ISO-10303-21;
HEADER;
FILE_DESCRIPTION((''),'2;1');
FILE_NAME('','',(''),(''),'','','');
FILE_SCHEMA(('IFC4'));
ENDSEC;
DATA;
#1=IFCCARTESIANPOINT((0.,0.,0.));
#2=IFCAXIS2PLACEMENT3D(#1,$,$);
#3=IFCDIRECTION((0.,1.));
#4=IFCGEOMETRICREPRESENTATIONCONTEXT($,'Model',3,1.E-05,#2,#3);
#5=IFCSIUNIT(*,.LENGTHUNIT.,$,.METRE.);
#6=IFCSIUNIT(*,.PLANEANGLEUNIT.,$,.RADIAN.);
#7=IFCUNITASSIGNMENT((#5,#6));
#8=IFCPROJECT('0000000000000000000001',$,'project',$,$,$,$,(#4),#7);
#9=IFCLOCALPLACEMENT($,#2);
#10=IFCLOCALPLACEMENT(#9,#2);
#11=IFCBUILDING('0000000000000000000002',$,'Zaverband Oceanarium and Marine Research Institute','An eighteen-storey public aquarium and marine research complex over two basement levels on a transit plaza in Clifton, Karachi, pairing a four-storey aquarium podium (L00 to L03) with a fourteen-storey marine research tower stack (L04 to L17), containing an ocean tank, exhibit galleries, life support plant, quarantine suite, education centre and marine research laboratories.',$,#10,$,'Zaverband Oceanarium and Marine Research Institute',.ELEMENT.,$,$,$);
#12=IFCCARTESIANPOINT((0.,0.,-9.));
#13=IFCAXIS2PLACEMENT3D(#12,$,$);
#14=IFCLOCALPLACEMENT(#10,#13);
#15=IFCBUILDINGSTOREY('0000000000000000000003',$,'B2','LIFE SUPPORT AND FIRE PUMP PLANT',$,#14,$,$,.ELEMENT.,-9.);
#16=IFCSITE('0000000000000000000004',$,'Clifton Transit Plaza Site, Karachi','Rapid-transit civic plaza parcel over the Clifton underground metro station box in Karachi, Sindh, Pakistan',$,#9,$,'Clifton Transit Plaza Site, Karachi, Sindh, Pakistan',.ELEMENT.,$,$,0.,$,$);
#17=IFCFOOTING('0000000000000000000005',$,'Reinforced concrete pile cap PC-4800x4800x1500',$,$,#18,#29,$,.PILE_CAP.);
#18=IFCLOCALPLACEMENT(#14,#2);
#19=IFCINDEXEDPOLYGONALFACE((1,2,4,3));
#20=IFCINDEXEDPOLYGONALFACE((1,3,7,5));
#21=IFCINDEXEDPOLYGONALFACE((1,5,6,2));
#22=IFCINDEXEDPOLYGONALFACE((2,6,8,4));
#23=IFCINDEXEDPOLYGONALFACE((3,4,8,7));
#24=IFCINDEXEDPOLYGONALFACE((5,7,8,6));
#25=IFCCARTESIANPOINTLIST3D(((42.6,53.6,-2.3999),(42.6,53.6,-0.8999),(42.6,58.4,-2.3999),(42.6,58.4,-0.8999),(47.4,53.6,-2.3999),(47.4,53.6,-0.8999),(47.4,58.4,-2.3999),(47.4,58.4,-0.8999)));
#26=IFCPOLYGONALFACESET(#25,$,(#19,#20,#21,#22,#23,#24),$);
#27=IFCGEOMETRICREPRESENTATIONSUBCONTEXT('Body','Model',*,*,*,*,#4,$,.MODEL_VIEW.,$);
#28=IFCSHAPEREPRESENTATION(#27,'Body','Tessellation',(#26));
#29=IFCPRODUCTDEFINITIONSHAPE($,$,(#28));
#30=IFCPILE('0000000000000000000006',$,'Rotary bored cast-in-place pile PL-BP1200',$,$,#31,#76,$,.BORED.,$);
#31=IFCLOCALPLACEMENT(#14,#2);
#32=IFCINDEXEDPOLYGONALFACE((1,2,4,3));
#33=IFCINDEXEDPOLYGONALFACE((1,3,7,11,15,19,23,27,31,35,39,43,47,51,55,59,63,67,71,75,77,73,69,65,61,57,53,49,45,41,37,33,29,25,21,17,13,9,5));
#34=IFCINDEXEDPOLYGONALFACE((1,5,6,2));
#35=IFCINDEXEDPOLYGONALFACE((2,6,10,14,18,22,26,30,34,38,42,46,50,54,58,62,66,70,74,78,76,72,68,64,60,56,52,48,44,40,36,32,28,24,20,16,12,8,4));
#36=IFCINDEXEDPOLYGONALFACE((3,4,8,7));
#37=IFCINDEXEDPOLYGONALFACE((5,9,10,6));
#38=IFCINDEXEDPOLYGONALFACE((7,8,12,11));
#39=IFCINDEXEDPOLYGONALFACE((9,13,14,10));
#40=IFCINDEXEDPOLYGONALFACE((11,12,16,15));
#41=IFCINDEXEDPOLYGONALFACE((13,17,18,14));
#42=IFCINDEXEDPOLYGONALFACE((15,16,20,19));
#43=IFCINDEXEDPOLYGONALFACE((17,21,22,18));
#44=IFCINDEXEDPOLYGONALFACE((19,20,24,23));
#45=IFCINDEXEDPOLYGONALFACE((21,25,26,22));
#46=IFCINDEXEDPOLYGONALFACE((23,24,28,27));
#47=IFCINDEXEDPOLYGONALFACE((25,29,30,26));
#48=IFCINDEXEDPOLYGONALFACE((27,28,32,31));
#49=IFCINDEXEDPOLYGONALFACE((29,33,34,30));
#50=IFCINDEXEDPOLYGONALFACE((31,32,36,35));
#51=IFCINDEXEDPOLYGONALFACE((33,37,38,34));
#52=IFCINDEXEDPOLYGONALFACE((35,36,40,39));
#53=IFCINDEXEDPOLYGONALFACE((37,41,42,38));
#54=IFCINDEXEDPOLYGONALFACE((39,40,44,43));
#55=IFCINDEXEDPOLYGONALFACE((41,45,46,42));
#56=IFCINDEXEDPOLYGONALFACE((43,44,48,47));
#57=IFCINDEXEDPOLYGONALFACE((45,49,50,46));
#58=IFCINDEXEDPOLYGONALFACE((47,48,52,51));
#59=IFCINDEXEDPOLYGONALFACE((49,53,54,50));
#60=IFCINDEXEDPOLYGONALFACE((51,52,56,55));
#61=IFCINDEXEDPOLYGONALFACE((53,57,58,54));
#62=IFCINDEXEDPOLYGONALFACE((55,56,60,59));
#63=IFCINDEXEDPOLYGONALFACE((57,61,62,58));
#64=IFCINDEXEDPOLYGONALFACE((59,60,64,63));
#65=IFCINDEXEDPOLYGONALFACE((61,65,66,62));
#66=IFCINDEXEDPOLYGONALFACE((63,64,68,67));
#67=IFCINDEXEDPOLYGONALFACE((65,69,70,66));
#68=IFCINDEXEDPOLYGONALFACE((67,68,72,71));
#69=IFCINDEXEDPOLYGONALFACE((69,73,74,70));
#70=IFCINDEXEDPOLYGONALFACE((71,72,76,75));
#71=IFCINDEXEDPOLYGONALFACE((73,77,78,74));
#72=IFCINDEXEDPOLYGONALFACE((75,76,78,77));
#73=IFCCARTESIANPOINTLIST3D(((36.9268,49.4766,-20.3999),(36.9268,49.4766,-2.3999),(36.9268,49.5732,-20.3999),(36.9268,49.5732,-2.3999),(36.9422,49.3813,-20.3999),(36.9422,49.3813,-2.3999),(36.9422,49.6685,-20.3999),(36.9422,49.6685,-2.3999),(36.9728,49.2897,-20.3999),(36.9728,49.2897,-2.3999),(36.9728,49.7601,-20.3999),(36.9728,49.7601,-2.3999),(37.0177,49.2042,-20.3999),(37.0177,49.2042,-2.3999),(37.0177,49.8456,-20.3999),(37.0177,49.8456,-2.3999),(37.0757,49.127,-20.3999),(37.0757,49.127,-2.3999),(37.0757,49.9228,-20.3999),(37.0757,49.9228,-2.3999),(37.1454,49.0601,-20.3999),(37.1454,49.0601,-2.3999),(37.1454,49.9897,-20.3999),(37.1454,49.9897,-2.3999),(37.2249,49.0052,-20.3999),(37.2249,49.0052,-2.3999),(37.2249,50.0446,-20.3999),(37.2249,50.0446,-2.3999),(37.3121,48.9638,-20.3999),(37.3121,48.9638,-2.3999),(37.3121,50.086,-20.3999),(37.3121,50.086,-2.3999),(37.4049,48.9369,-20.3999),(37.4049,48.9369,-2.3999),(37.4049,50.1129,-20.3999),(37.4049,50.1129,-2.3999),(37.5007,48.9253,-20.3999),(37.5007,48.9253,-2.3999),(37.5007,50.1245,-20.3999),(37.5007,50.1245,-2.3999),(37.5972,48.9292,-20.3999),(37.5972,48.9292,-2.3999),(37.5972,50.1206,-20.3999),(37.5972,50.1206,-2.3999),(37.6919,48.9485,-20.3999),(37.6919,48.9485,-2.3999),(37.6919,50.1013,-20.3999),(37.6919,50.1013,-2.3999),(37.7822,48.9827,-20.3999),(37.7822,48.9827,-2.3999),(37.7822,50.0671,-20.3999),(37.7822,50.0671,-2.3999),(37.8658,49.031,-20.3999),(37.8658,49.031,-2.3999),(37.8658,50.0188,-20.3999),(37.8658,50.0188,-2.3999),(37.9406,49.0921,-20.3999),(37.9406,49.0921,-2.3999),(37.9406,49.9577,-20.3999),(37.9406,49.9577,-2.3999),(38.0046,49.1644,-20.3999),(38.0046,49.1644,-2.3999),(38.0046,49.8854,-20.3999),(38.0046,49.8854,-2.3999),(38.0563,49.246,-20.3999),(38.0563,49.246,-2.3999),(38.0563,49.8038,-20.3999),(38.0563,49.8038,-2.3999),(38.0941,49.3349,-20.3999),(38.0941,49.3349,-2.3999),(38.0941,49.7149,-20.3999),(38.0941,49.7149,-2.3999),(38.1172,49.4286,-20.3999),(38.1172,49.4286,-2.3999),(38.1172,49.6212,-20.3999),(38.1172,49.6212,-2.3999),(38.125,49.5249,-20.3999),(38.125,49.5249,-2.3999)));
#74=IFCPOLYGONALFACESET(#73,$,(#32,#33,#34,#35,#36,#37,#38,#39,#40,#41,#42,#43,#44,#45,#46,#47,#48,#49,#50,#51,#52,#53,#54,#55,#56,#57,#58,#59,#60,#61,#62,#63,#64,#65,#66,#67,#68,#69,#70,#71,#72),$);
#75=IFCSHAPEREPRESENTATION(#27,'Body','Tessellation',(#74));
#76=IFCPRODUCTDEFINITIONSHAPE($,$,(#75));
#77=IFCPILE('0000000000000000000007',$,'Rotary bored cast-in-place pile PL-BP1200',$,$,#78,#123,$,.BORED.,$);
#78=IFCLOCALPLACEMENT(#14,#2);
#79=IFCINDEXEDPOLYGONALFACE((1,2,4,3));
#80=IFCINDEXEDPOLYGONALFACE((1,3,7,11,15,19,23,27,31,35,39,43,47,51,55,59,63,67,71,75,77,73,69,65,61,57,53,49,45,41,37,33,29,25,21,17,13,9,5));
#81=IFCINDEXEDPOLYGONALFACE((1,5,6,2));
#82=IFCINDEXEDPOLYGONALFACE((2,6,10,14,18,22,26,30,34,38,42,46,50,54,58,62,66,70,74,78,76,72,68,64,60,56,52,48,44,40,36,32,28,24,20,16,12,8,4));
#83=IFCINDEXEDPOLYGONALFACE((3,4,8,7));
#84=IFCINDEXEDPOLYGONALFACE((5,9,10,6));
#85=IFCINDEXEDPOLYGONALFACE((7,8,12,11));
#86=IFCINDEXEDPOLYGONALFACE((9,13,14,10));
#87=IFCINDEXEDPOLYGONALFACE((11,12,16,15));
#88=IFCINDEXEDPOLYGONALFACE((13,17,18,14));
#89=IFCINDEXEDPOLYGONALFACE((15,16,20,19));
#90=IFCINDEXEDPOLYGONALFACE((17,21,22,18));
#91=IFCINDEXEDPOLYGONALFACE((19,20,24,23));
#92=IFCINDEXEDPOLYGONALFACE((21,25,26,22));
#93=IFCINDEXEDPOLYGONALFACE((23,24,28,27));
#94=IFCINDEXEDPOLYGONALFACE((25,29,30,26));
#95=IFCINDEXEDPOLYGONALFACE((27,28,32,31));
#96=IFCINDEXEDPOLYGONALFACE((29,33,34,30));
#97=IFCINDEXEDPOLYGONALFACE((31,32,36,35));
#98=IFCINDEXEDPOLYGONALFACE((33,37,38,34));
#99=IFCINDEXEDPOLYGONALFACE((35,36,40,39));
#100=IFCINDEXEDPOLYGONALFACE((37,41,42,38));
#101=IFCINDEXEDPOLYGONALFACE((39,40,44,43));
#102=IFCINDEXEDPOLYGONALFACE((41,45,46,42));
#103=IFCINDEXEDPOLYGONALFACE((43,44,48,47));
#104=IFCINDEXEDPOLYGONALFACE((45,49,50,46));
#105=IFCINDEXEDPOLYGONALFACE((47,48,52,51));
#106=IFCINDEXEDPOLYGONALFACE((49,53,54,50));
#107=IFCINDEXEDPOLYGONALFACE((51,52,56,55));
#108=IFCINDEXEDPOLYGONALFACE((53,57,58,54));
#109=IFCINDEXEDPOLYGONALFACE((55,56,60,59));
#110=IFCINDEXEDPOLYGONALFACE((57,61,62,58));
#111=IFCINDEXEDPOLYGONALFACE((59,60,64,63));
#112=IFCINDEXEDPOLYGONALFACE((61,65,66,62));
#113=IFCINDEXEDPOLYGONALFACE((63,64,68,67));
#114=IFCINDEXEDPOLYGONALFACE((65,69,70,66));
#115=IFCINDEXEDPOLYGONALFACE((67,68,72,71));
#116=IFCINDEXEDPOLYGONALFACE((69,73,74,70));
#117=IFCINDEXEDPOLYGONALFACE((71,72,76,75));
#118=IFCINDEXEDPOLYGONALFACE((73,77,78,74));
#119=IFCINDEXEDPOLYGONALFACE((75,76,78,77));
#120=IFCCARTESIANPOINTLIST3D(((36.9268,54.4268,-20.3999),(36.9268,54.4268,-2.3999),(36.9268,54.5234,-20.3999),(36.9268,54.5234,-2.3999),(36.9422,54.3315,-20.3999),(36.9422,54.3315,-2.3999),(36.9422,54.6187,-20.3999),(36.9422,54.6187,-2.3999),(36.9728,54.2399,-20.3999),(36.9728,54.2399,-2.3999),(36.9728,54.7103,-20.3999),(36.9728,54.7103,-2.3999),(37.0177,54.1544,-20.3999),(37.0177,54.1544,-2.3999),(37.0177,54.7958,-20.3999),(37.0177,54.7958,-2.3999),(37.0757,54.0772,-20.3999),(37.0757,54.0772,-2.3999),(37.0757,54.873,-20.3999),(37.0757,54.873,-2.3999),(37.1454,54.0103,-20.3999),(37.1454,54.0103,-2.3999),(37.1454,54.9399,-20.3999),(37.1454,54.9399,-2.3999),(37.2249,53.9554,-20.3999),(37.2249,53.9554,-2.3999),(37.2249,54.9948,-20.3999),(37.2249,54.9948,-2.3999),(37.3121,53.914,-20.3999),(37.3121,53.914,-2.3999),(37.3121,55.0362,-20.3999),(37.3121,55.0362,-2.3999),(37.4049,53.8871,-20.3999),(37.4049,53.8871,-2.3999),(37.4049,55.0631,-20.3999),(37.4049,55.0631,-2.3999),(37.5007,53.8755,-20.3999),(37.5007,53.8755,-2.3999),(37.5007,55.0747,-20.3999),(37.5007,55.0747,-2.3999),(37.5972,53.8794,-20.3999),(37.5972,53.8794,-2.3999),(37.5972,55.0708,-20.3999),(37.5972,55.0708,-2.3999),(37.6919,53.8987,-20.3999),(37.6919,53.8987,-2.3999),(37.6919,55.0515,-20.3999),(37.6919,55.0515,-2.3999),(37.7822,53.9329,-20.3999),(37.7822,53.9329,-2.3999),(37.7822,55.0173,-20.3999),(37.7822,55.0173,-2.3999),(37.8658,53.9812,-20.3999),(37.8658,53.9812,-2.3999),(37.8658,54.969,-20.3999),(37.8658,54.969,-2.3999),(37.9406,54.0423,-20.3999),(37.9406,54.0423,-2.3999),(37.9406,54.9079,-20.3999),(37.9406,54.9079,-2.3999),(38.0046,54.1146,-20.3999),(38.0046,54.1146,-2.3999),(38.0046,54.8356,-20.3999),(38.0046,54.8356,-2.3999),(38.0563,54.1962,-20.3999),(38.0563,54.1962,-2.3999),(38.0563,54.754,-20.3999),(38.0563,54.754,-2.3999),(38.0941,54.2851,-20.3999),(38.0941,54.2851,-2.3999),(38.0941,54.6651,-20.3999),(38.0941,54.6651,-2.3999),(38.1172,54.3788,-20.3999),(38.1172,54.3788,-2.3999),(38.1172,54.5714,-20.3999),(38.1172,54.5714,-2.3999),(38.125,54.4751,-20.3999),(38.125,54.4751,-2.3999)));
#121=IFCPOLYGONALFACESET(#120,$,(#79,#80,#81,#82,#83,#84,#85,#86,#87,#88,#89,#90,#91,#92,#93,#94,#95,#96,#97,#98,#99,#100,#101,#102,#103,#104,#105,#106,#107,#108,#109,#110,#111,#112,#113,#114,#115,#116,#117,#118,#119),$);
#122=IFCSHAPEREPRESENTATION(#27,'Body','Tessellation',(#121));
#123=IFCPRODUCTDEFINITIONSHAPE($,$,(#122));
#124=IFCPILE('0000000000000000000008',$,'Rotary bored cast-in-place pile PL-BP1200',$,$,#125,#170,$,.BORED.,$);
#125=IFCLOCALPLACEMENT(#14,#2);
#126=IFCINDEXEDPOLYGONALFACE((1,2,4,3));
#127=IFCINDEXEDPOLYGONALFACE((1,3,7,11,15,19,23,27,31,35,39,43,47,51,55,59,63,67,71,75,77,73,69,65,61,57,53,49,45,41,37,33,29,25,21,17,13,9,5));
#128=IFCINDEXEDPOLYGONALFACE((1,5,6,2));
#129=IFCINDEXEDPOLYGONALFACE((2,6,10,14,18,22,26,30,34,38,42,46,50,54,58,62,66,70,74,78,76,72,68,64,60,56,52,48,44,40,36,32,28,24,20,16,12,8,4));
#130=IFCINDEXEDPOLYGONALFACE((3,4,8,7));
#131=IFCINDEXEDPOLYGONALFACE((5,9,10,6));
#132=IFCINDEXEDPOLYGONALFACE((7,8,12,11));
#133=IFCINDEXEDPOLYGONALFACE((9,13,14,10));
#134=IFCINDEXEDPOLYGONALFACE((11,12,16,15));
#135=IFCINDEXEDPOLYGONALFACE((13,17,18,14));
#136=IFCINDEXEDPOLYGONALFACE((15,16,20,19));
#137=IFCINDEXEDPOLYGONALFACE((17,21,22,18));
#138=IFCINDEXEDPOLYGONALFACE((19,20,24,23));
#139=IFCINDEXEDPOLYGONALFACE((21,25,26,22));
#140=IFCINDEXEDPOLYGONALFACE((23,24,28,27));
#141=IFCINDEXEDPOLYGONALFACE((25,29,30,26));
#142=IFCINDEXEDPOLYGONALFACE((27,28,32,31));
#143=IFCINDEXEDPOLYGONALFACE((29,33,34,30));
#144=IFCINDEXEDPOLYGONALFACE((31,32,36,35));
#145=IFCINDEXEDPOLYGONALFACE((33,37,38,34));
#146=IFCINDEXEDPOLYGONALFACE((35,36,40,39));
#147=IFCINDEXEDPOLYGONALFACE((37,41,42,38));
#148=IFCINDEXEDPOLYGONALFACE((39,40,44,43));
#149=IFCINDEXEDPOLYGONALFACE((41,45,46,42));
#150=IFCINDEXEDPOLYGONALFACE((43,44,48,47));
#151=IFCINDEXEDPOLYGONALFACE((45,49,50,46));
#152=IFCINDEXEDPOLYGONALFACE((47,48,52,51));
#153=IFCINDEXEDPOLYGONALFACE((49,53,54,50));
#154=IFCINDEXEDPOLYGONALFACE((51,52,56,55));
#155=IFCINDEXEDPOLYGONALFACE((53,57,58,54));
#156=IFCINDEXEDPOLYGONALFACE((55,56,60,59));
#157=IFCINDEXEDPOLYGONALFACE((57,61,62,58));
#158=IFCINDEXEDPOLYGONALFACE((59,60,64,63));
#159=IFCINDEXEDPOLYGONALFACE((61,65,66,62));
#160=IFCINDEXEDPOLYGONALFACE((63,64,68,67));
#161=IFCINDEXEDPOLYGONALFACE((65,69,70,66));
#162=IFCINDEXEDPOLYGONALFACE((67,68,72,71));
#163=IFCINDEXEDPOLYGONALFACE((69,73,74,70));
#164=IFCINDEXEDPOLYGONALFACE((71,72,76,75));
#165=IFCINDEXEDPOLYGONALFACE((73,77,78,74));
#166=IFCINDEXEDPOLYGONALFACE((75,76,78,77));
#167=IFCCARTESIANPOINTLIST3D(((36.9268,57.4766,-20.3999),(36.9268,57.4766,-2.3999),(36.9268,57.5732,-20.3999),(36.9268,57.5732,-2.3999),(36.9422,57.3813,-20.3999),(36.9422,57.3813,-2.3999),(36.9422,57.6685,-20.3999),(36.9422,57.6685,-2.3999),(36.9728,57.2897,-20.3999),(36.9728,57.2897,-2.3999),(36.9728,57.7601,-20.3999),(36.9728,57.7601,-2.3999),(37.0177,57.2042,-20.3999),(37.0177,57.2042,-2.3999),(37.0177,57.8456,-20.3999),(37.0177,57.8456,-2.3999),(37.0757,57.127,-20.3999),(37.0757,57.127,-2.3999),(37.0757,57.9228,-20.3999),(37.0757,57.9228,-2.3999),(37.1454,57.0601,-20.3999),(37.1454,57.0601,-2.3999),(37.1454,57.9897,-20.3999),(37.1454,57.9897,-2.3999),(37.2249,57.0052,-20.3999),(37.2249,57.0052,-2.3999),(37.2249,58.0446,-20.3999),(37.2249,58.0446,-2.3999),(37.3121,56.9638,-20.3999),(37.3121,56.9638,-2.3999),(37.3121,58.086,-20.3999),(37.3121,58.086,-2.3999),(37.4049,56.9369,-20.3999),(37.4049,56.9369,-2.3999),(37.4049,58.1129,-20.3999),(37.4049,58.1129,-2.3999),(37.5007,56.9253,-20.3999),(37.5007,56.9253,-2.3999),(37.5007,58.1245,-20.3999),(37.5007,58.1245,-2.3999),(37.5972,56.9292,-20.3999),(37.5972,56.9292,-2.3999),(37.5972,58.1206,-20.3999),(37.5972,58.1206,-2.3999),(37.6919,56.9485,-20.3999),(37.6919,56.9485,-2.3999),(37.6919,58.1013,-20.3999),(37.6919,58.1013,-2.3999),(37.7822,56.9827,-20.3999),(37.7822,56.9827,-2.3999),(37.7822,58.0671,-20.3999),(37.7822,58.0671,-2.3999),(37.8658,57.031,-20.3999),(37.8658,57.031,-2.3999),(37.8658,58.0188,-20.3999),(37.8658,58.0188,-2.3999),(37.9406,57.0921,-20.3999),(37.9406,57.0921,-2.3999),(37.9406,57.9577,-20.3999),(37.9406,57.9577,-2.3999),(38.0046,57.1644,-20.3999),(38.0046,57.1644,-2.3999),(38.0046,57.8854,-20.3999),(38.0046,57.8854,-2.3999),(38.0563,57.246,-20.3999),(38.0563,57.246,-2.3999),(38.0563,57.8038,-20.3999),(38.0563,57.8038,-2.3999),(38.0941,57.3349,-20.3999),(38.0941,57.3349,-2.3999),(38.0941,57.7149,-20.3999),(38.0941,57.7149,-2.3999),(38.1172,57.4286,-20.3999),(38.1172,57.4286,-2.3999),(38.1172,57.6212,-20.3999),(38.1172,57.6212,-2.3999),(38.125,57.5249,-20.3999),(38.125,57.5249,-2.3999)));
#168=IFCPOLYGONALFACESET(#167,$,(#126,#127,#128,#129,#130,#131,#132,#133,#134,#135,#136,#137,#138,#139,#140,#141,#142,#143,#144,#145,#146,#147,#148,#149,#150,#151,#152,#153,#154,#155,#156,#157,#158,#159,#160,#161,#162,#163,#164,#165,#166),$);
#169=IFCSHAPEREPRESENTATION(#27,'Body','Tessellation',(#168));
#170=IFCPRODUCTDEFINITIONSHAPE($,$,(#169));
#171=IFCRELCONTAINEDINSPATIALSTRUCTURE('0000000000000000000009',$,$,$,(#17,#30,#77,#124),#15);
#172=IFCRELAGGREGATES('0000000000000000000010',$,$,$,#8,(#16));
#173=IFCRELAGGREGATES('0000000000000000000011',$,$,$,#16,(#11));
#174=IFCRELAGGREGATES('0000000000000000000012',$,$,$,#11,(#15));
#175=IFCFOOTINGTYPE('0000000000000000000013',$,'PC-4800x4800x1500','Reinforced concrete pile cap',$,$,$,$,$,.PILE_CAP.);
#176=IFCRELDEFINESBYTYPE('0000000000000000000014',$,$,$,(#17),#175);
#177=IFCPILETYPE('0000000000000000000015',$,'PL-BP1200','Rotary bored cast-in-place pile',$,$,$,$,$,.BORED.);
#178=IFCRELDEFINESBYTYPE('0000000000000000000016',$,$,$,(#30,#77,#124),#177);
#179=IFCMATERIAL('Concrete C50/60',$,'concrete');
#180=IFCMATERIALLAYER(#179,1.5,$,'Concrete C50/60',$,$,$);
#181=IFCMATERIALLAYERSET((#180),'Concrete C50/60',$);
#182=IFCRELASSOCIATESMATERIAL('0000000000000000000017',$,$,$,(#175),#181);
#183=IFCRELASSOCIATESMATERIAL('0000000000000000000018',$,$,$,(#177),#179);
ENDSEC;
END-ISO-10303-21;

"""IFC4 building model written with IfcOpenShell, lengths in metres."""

from ifc_helpers import new_model, si_unit, direction, frame, origin, origin_2d, place, context, subcontext, project, spatial, rectangle, circle, extrude, material, layer, layer_set, material_profile, profile_set, type_object, element, save


model = new_model("IFC4")

# Units and contexts
model_context = context("Model", 3, precision=1e-05, world=origin(), true_north=direction((0.0, 1.0)))
body_context = subcontext(model_context, "Body", "Model", "MODEL_VIEW")
ifc_project = project(units=[si_unit("LENGTHUNIT", "METRE"), si_unit("PLANEANGLEUNIT", "RADIAN")], contexts=[model_context])

# Site, building, storey
site_placement = place(None, origin())
site = spatial("IfcSite", under=ifc_project, at=site_placement, Name="Clifton Transit Plaza Site, Karachi", Description="Rapid-transit civic plaza parcel over the Clifton underground metro station box in Karachi, Sindh, Pakistan", LongName="Clifton Transit Plaza Site, Karachi, Sindh, Pakistan", CompositionType="ELEMENT", RefElevation=0.0)
building_placement = place(site_placement, origin())
building = spatial("IfcBuilding", under=site, at=building_placement, Name="Zaverband Oceanarium and Marine Research Institute", Description="An eighteen-storey public aquarium and marine research complex over two basement levels on a transit plaza in Clifton, Karachi, pairing a four-storey aquarium podium (L00 to L03) with a fourteen-storey marine research tower stack (L04 to L17), containing an ocean tank, exhibit galleries, life support plant, quarantine suite, education centre and marine research laboratories.", LongName="Zaverband Oceanarium and Marine Research Institute", CompositionType="ELEMENT")
storey_placement = place(building_placement, frame((0.0, 0.0, -9.0)))
storey = spatial("IfcBuildingStorey", under=building, at=storey_placement, Name="B2", Description="LIFE SUPPORT AND FIRE PUMP PLANT", CompositionType="ELEMENT", Elevation=-9.0)

# Footing
ifc_material_1 = material(Name="Concrete C50/60", Category="concrete")
ifc_layer = layer(ifc_material_1, 1.5, Name="Concrete C50/60")
ifc_layer_set = layer_set([ifc_layer], Name="Concrete C50/60")
footing_type = type_object("IfcFootingType", Name="PC-4800x4800x1500", Description="Reinforced concrete pile cap", PredefinedType="PILE_CAP", material=ifc_layer_set)
footing_placement = place(storey_placement, frame((45.0, 56.0, -2.3999), z_axis=(0.0, 0.0, 1.0), x_axis=(1.0, 0.0, 0.0)))
element("IfcFooting", 1, at=footing_placement, inside=storey, type_object=footing_type, Name="Reinforced concrete pile cap PC-4800x4800x1500", PredefinedType="PILE_CAP", context=body_context, shape_type="SweptSolid", body=[
    extrude(rectangle(XDim=4.8, YDim=4.8, at=origin_2d()), origin(), (0.0, 0.0, 1.0), 1.5),
])

# Piles
ifc_material_profile_1 = material_profile(ifc_material_1, circle(Radius=0.6001, at=origin_2d()), Name="BP1200")
ifc_profile_set_1 = profile_set([ifc_material_profile_1], Name="Concrete C50/60")
pile_type = type_object("IfcPileType", Name="PL-BP1200", Description="Rotary bored cast-in-place pile", PredefinedType="BORED", material=ifc_profile_set_1)
for number, where, z_axis, x_axis, name in (
    (2, (37.5249, 49.5249, -2.3999), (0.0, 0.0, -1.0), (1.0, 0.0, 0.0), "Rotary bored cast-in-place pile PL-BP1200"),
    (3, (37.5249, 54.4751, -2.3999), (0.0, 0.0, -1.0), (1.0, 0.0, 0.0), "Rotary bored cast-in-place pile PL-BP1200"),
    (4, (37.5249, 57.5249, -2.3999), (0.0, 0.0, -1.0), (1.0, 0.0, 0.0), "Rotary bored cast-in-place pile PL-BP1200"),
):
    element("IfcPile", number, at=place(storey_placement, frame(where, z_axis=z_axis, x_axis=x_axis)), inside=storey, type_object=pile_type, Name=name, PredefinedType="BORED", context=body_context, shape_type="SweptSolid", body=[
        extrude(circle(Radius=0.6001, at=origin_2d()), origin(), (0.0, 0.0, 1.0), 18.0),
    ])

save(model, "model.ifc")
